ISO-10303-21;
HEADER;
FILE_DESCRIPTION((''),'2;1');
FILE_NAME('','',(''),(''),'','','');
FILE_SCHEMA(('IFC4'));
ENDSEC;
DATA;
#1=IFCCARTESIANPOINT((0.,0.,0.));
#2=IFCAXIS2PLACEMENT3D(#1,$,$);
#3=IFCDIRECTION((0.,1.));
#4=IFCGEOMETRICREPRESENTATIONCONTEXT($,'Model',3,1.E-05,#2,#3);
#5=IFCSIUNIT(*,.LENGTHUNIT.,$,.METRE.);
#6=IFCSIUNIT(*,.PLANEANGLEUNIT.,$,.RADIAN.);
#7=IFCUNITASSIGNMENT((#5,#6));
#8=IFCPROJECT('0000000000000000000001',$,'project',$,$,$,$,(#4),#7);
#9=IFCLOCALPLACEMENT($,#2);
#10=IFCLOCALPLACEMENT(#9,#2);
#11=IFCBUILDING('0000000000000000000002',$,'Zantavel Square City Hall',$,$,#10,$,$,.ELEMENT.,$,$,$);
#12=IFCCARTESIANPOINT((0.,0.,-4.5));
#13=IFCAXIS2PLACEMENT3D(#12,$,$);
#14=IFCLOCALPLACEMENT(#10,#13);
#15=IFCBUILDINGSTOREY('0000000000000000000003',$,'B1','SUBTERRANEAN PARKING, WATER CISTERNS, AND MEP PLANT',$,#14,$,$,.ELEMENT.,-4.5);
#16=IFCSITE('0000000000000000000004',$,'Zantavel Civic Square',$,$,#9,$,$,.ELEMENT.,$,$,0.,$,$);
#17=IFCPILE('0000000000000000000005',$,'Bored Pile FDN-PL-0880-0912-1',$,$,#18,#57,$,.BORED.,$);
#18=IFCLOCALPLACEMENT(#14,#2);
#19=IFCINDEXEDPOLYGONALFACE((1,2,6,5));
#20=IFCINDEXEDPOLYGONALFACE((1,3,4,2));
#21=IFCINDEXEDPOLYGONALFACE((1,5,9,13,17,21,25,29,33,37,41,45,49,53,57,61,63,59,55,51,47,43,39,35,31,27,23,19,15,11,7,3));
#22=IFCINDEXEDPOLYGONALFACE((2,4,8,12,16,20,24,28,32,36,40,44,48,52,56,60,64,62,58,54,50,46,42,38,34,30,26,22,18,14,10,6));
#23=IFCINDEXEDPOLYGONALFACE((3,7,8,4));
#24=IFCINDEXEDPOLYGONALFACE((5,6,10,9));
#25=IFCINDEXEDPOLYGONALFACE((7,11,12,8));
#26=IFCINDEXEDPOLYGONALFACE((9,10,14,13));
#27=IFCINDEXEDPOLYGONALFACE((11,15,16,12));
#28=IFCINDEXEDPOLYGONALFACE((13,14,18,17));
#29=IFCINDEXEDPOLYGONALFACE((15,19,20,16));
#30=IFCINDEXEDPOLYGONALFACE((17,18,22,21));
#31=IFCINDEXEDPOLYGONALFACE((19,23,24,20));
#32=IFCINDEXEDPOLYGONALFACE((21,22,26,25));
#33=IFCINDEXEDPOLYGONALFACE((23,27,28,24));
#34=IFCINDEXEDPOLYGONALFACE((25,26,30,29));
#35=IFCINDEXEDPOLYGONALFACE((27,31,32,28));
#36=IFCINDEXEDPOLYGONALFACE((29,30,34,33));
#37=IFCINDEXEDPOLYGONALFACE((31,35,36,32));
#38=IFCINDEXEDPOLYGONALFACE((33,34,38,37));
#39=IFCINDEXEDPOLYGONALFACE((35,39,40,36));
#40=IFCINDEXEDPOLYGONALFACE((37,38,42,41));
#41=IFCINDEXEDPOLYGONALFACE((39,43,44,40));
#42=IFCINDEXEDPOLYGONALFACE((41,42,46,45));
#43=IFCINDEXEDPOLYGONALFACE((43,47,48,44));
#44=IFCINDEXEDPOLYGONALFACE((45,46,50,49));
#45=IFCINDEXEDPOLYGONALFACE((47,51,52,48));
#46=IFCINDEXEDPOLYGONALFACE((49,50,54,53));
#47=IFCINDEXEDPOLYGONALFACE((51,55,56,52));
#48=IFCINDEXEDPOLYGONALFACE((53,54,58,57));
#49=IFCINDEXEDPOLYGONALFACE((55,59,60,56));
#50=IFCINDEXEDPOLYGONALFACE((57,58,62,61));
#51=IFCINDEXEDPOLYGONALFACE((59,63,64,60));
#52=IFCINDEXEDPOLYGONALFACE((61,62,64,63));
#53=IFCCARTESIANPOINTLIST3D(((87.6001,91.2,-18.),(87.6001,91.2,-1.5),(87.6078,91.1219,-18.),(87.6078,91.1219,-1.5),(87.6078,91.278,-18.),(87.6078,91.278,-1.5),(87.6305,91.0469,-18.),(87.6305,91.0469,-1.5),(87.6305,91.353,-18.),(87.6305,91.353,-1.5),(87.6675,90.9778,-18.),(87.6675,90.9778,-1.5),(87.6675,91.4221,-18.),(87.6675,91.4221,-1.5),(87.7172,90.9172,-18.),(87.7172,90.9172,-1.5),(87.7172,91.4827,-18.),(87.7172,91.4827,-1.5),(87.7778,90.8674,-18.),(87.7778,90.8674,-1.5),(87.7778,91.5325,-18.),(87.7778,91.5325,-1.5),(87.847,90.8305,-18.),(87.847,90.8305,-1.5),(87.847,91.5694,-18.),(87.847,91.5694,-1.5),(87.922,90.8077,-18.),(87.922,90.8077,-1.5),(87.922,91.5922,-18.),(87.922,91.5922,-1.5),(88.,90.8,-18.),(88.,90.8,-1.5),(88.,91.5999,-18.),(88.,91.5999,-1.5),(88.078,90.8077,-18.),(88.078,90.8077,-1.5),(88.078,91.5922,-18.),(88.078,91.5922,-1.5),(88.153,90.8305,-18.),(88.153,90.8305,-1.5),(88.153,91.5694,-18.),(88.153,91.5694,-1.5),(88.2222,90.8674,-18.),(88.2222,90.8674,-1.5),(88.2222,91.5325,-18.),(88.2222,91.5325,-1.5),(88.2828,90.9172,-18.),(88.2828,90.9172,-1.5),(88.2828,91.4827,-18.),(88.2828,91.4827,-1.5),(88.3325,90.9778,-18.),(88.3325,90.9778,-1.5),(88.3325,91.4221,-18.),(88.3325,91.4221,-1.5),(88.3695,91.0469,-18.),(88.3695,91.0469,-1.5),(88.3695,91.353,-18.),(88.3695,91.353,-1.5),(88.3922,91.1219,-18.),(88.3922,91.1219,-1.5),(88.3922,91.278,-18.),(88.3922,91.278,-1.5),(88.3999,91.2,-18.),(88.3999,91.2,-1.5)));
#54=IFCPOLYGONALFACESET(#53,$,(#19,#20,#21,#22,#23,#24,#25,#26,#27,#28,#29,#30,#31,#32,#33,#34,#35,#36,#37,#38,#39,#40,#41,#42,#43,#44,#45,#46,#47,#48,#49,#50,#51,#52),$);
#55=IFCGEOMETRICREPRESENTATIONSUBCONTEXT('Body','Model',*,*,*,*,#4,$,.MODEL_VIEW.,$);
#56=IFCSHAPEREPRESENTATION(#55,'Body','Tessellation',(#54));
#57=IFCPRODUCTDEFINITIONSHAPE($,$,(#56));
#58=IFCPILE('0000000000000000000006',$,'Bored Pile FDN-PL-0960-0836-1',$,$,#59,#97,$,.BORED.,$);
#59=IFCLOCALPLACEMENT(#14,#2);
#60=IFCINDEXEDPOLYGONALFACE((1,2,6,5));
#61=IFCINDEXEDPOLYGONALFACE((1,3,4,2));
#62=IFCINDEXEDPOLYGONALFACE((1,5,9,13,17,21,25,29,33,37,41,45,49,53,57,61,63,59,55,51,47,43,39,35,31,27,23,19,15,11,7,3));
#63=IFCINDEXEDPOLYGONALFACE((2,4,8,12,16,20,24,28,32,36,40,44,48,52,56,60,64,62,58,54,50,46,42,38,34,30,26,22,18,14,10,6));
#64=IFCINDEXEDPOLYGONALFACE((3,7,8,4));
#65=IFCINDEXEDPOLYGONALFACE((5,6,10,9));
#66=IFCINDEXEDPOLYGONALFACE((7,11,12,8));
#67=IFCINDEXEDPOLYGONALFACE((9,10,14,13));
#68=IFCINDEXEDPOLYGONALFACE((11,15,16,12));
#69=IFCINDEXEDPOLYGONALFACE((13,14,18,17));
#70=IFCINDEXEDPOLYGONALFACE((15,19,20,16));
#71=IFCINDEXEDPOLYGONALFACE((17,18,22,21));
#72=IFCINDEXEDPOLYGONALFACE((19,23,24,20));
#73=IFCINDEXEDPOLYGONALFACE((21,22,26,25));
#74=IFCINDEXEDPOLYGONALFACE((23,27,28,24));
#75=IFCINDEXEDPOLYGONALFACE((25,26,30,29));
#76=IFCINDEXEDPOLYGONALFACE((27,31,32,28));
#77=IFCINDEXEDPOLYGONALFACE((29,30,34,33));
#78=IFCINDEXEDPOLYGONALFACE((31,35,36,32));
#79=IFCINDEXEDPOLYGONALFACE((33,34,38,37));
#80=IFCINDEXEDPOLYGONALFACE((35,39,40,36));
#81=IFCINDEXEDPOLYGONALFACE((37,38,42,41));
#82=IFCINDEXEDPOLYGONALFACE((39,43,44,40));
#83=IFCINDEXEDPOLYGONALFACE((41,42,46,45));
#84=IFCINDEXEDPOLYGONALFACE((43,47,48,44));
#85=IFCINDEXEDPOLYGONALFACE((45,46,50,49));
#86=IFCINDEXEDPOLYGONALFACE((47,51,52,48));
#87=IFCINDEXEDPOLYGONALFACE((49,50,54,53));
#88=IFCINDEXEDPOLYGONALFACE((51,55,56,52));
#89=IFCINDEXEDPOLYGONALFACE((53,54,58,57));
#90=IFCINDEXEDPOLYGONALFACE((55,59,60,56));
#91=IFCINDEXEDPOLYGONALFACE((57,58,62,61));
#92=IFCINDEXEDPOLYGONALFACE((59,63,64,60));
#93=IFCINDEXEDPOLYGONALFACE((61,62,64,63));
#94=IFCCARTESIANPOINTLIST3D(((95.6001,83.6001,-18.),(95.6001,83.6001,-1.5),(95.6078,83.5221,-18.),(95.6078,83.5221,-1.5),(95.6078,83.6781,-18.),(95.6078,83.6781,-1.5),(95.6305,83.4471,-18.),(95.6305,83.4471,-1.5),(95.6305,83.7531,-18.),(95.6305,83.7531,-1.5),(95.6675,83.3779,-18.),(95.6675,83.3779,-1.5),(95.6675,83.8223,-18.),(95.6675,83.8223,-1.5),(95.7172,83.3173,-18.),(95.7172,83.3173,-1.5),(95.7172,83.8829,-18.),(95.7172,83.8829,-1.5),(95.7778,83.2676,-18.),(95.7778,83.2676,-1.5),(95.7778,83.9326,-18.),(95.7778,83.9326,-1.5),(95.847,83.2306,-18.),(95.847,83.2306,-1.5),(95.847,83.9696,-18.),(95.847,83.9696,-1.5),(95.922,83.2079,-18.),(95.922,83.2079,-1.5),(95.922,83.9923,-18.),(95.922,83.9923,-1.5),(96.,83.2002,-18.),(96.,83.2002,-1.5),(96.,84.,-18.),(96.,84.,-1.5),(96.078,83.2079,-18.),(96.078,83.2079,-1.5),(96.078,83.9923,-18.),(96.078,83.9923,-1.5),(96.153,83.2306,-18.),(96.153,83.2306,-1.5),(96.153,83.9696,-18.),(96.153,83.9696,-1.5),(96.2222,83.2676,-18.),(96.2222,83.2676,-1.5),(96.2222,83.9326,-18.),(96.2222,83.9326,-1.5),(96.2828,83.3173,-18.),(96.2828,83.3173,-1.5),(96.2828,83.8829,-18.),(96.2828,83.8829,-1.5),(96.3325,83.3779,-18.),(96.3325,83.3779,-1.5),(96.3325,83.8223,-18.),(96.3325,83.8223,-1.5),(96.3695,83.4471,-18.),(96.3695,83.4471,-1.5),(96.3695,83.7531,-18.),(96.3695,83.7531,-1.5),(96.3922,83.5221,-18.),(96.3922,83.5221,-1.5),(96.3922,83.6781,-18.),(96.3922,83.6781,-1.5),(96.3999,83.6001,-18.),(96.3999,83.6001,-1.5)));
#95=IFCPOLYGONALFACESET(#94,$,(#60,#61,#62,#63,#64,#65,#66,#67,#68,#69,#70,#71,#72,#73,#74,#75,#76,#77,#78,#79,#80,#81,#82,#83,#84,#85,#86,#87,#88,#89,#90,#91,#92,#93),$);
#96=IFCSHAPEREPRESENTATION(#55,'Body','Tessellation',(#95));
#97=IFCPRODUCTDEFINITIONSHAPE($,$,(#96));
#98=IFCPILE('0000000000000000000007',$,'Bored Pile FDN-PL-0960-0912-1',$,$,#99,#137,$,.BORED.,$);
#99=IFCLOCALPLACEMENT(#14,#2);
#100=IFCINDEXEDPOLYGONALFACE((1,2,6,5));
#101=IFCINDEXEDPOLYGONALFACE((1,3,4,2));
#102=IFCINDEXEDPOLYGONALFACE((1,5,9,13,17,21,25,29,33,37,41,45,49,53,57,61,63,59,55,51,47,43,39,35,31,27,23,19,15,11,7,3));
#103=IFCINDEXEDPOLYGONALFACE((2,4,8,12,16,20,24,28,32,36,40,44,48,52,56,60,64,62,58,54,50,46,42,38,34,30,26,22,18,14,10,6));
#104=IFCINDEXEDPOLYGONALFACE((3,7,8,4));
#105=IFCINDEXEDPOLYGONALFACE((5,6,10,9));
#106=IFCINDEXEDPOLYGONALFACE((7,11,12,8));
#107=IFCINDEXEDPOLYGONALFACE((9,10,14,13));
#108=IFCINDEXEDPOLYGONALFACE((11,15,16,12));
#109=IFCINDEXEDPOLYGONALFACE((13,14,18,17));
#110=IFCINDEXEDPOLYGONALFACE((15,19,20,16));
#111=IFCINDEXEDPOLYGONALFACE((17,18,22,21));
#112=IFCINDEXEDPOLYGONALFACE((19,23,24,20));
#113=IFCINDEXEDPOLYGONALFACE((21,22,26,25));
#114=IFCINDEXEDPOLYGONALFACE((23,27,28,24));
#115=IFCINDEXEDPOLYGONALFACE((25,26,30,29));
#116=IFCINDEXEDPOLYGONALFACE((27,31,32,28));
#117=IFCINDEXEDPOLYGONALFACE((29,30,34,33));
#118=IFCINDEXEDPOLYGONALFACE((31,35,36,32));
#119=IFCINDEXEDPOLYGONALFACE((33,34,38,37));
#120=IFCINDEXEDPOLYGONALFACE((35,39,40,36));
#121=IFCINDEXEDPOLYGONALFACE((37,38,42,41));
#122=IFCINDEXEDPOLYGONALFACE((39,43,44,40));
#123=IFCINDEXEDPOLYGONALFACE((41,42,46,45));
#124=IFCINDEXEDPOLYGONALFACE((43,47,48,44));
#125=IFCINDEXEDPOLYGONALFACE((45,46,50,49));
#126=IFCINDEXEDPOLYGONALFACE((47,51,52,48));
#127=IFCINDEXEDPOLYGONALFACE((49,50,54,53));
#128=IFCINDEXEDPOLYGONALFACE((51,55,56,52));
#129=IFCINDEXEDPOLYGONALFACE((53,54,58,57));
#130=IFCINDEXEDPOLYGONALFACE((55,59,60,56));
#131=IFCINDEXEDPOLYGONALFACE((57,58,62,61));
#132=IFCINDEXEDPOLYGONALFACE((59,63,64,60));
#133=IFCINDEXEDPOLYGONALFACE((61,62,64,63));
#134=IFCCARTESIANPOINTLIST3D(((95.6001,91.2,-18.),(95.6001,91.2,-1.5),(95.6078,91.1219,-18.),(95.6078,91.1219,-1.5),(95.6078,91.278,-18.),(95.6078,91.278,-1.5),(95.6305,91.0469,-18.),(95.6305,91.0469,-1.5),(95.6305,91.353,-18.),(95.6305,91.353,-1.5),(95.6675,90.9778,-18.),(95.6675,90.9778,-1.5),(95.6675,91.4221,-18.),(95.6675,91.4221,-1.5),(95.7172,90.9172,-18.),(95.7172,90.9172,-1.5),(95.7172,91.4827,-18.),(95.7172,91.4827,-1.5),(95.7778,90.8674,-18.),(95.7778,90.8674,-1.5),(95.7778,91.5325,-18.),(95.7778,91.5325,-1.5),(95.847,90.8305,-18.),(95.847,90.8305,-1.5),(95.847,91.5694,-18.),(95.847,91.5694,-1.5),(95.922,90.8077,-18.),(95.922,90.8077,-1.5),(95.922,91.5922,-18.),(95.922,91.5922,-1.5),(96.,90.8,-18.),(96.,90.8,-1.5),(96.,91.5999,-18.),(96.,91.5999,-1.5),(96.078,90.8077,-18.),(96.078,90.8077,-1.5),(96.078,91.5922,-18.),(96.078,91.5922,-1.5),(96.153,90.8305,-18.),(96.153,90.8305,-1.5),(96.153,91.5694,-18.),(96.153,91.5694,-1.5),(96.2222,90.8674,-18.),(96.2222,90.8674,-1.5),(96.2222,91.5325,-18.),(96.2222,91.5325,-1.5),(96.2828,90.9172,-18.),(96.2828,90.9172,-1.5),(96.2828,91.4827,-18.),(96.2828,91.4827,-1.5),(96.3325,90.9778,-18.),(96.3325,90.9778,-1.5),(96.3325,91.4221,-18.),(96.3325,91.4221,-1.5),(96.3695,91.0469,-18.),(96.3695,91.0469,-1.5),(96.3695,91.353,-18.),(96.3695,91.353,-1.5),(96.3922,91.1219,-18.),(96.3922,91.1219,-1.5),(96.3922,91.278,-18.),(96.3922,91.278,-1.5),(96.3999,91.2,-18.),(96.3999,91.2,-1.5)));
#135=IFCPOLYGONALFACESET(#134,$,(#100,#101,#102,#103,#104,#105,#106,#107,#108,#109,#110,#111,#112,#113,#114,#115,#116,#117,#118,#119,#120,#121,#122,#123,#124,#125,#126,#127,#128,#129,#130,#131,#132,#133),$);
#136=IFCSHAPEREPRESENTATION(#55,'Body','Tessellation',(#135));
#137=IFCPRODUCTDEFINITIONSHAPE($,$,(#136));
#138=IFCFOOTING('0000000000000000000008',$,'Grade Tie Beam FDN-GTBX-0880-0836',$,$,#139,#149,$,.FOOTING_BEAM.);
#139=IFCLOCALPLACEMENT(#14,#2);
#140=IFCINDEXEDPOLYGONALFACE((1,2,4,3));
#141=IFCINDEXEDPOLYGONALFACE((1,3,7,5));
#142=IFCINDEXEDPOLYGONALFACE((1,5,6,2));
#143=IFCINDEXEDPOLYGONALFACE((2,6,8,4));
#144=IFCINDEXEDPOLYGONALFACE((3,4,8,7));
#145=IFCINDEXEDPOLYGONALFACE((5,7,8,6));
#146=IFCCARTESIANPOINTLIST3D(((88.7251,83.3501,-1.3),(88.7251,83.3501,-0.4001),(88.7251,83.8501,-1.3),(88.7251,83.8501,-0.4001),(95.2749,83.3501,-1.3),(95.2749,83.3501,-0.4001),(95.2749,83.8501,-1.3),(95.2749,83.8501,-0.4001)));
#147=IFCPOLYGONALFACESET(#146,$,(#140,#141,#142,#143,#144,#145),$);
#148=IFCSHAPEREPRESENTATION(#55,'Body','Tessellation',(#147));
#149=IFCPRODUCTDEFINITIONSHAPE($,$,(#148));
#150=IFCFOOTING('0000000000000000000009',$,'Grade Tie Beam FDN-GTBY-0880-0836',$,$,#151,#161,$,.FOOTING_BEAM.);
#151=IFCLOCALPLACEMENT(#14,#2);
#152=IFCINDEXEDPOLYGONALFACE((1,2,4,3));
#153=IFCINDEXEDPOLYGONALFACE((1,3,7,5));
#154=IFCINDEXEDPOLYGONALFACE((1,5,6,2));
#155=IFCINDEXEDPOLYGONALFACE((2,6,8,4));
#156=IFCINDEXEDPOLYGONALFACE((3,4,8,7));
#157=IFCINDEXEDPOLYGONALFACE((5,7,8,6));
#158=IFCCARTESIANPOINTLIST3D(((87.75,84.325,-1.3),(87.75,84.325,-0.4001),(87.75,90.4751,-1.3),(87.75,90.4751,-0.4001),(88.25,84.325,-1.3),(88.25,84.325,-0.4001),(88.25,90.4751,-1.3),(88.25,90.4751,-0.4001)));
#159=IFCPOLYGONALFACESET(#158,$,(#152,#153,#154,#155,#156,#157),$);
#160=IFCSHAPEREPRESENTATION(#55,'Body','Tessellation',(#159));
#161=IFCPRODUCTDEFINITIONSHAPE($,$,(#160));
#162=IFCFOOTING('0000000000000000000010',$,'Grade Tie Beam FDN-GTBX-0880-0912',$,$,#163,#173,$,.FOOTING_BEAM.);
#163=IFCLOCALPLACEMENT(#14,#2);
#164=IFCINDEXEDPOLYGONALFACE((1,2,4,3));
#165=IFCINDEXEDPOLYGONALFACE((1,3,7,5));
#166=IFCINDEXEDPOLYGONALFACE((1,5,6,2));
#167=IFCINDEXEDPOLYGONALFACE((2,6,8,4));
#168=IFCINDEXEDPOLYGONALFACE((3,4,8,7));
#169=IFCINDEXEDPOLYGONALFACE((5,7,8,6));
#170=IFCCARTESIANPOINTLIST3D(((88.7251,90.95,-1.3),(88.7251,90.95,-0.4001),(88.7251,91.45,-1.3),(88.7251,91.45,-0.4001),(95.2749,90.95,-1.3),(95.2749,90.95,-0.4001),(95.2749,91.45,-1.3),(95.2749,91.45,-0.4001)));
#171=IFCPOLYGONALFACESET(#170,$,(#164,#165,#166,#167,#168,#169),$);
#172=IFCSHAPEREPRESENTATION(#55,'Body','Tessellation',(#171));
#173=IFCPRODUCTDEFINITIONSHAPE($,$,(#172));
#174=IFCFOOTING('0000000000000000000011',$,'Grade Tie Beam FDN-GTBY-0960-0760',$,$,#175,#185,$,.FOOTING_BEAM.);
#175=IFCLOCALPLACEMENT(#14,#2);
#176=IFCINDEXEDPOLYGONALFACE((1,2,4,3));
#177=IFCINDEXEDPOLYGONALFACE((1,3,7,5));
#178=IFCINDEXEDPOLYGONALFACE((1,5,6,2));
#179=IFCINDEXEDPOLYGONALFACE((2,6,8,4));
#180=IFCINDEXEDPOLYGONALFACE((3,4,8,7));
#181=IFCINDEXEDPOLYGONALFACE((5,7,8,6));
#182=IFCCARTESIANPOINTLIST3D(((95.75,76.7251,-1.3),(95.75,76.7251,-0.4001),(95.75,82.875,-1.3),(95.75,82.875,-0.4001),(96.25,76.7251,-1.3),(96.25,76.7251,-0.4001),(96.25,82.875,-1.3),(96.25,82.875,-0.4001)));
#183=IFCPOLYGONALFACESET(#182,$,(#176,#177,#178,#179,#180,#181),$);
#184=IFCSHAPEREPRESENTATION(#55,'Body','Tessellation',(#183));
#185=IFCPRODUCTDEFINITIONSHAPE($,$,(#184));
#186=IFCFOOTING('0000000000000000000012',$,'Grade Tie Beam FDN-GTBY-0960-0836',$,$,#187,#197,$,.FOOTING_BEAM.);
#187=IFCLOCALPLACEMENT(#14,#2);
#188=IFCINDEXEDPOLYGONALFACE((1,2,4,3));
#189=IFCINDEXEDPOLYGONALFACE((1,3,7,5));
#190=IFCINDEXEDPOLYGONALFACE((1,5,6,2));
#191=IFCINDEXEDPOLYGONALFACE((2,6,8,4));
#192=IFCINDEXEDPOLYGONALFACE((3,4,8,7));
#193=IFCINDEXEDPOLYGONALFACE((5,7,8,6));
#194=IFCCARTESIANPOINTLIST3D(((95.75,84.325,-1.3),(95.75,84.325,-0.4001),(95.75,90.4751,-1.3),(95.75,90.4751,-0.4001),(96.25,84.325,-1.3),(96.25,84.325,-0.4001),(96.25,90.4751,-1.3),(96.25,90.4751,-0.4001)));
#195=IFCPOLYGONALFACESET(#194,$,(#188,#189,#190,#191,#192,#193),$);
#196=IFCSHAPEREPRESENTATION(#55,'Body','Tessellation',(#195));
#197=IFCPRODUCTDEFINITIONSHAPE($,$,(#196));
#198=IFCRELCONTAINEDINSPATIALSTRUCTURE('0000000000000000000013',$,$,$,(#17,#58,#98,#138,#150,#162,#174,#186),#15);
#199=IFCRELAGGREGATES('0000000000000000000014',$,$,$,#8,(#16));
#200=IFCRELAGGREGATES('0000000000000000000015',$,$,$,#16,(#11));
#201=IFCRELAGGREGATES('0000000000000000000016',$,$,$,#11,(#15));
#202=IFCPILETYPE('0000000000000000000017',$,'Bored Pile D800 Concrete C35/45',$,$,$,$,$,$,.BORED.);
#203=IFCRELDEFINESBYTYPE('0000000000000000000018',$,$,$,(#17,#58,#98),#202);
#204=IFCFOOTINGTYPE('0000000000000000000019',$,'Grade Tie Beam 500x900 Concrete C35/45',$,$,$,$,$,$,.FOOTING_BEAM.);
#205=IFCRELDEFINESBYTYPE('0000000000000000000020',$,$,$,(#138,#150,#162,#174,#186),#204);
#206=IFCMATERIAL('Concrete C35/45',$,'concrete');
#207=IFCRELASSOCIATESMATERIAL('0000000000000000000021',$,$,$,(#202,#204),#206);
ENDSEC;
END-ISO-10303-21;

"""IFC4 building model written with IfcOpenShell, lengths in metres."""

from ifc_helpers import new_model, si_unit, direction, frame, origin, origin_2d, place, context, subcontext, project, spatial, rectangle, circle, extrude, material, material_profile, profile_set, type_object, element, save


model = new_model("IFC4")

# Units and contexts
model_context = context("Model", 3, precision=1e-05, world=origin(), true_north=direction((0.0, 1.0)))
body_context = subcontext(model_context, "Body", "Model", "MODEL_VIEW")
ifc_project = project(units=[si_unit("LENGTHUNIT", "METRE"), si_unit("PLANEANGLEUNIT", "RADIAN")], contexts=[model_context])

# Site, building, storey
site_placement = place(None, origin())
site = spatial("IfcSite", under=ifc_project, at=site_placement, Name="Zantavel Civic Square", CompositionType="ELEMENT", RefElevation=0.0)
building_placement = place(site_placement, origin())
building = spatial("IfcBuilding", under=site, at=building_placement, Name="Zantavel Square City Hall", CompositionType="ELEMENT")
storey_placement = place(building_placement, frame((0.0, 0.0, -4.5)))
storey = spatial("IfcBuildingStorey", under=building, at=storey_placement, Name="B1", Description="SUBTERRANEAN PARKING, WATER CISTERNS, AND MEP PLANT", CompositionType="ELEMENT", Elevation=-4.5)

# Piles
ifc_material_1 = material(Name="Concrete C35/45", Category="concrete")
ifc_material_profile_1 = material_profile(ifc_material_1, circle(Radius=0.3999, at=origin_2d()), Name="PILE D800")
ifc_profile_set_1 = profile_set([ifc_material_profile_1], Name="Concrete C35/45")
pile_type = type_object("IfcPileType", Name="Bored Pile D800 Concrete C35/45", PredefinedType="BORED", material=ifc_profile_set_1)
for number, where, z_axis, x_axis, name in (
    (1, (88.0, 91.2, -1.5), (0.0, 0.0, -1.0), (1.0, 0.0, 0.0), "Bored Pile FDN-PL-0880-0912-1"),
    (2, (96.0, 83.6001, -1.5), (0.0, 0.0, -1.0), (1.0, 0.0, 0.0), "Bored Pile FDN-PL-0960-0836-1"),
    (3, (96.0, 91.2, -1.5), (0.0, 0.0, -1.0), (1.0, 0.0, 0.0), "Bored Pile FDN-PL-0960-0912-1"),
):
    element("IfcPile", number, at=place(storey_placement, frame(where, z_axis=z_axis, x_axis=x_axis)), inside=storey, type_object=pile_type, Name=name, PredefinedType="BORED", context=body_context, shape_type="SweptSolid", body=[
        extrude(circle(Radius=0.3999, at=origin_2d()), origin(), (0.0, 0.0, 1.0), 16.5),
    ])

# Footings
ifc_material_profile_2 = material_profile(ifc_material_1, rectangle(XDim=0.5, YDim=0.8999, at=origin_2d()), Name="RC 500x900")
ifc_profile_set_2 = profile_set([ifc_material_profile_2], Name="Concrete C35/45")
footing_type_1 = type_object("IfcFootingType", Name="Grade Tie Beam 500x900 Concrete C35/45", PredefinedType="FOOTING_BEAM", material=ifc_profile_set_2)
footing_1_placement = place(storey_placement, frame((88.7251, 83.6001, -0.8501), z_axis=(1.0, 0.0, 0.0), x_axis=(0.0, 1.0, 0.0)))
element("IfcFooting", 4, at=footing_1_placement, inside=storey, type_object=footing_type_1, Name="Grade Tie Beam FDN-GTBX-0880-0836", PredefinedType="FOOTING_BEAM", context=body_context, shape_type="SweptSolid", body=[
    extrude(rectangle(XDim=0.5, YDim=0.8999, at=origin_2d()), origin(), (0.0, 0.0, 1.0), 6.5498),
])
footing_2_placement = place(storey_placement, frame((88.0, 84.325, -0.8501), z_axis=(0.0, 1.0, 0.0), x_axis=(-1.0, 0.0, 0.0)))
element("IfcFooting", 5, at=footing_2_placement, inside=storey, type_object=footing_type_1, Name="Grade Tie Beam FDN-GTBY-0880-0836", PredefinedType="FOOTING_BEAM", context=body_context, shape_type="SweptSolid", body=[
    extrude(rectangle(XDim=0.5, YDim=0.8999, at=origin_2d()), origin(), (0.0, 0.0, 1.0), 6.1501),
])
footing_3_placement = place(storey_placement, frame((88.7251, 91.2, -0.8501), z_axis=(1.0, 0.0, 0.0), x_axis=(0.0, 1.0, 0.0)))
element("IfcFooting", 6, at=footing_3_placement, inside=storey, type_object=footing_type_1, Name="Grade Tie Beam FDN-GTBX-0880-0912", PredefinedType="FOOTING_BEAM", context=body_context, shape_type="SweptSolid", body=[
    extrude(rectangle(XDim=0.5, YDim=0.8999, at=origin_2d()), origin(), (0.0, 0.0, 1.0), 6.5498),
])
footing_4_placement = place(storey_placement, frame((96.0, 76.7251, -0.8501), z_axis=(0.0, 1.0, 0.0), x_axis=(-1.0, 0.0, 0.0)))
element("IfcFooting", 7, at=footing_4_placement, inside=storey, type_object=footing_type_1, Name="Grade Tie Beam FDN-GTBY-0960-0760", PredefinedType="FOOTING_BEAM", context=body_context, shape_type="SweptSolid", body=[
    extrude(rectangle(XDim=0.5, YDim=0.8999, at=origin_2d()), origin(), (0.0, 0.0, 1.0), 6.1499),
])
footing_5_placement = place(storey_placement, frame((96.0, 84.325, -0.8501), z_axis=(0.0, 1.0, 0.0), x_axis=(-1.0, 0.0, 0.0)))
element("IfcFooting", 8, at=footing_5_placement, inside=storey, type_object=footing_type_1, Name="Grade Tie Beam FDN-GTBY-0960-0836", PredefinedType="FOOTING_BEAM", context=body_context, shape_type="SweptSolid", body=[
    extrude(rectangle(XDim=0.5, YDim=0.8999, at=origin_2d()), origin(), (0.0, 0.0, 1.0), 6.1501),
])

save(model, "model.ifc")
